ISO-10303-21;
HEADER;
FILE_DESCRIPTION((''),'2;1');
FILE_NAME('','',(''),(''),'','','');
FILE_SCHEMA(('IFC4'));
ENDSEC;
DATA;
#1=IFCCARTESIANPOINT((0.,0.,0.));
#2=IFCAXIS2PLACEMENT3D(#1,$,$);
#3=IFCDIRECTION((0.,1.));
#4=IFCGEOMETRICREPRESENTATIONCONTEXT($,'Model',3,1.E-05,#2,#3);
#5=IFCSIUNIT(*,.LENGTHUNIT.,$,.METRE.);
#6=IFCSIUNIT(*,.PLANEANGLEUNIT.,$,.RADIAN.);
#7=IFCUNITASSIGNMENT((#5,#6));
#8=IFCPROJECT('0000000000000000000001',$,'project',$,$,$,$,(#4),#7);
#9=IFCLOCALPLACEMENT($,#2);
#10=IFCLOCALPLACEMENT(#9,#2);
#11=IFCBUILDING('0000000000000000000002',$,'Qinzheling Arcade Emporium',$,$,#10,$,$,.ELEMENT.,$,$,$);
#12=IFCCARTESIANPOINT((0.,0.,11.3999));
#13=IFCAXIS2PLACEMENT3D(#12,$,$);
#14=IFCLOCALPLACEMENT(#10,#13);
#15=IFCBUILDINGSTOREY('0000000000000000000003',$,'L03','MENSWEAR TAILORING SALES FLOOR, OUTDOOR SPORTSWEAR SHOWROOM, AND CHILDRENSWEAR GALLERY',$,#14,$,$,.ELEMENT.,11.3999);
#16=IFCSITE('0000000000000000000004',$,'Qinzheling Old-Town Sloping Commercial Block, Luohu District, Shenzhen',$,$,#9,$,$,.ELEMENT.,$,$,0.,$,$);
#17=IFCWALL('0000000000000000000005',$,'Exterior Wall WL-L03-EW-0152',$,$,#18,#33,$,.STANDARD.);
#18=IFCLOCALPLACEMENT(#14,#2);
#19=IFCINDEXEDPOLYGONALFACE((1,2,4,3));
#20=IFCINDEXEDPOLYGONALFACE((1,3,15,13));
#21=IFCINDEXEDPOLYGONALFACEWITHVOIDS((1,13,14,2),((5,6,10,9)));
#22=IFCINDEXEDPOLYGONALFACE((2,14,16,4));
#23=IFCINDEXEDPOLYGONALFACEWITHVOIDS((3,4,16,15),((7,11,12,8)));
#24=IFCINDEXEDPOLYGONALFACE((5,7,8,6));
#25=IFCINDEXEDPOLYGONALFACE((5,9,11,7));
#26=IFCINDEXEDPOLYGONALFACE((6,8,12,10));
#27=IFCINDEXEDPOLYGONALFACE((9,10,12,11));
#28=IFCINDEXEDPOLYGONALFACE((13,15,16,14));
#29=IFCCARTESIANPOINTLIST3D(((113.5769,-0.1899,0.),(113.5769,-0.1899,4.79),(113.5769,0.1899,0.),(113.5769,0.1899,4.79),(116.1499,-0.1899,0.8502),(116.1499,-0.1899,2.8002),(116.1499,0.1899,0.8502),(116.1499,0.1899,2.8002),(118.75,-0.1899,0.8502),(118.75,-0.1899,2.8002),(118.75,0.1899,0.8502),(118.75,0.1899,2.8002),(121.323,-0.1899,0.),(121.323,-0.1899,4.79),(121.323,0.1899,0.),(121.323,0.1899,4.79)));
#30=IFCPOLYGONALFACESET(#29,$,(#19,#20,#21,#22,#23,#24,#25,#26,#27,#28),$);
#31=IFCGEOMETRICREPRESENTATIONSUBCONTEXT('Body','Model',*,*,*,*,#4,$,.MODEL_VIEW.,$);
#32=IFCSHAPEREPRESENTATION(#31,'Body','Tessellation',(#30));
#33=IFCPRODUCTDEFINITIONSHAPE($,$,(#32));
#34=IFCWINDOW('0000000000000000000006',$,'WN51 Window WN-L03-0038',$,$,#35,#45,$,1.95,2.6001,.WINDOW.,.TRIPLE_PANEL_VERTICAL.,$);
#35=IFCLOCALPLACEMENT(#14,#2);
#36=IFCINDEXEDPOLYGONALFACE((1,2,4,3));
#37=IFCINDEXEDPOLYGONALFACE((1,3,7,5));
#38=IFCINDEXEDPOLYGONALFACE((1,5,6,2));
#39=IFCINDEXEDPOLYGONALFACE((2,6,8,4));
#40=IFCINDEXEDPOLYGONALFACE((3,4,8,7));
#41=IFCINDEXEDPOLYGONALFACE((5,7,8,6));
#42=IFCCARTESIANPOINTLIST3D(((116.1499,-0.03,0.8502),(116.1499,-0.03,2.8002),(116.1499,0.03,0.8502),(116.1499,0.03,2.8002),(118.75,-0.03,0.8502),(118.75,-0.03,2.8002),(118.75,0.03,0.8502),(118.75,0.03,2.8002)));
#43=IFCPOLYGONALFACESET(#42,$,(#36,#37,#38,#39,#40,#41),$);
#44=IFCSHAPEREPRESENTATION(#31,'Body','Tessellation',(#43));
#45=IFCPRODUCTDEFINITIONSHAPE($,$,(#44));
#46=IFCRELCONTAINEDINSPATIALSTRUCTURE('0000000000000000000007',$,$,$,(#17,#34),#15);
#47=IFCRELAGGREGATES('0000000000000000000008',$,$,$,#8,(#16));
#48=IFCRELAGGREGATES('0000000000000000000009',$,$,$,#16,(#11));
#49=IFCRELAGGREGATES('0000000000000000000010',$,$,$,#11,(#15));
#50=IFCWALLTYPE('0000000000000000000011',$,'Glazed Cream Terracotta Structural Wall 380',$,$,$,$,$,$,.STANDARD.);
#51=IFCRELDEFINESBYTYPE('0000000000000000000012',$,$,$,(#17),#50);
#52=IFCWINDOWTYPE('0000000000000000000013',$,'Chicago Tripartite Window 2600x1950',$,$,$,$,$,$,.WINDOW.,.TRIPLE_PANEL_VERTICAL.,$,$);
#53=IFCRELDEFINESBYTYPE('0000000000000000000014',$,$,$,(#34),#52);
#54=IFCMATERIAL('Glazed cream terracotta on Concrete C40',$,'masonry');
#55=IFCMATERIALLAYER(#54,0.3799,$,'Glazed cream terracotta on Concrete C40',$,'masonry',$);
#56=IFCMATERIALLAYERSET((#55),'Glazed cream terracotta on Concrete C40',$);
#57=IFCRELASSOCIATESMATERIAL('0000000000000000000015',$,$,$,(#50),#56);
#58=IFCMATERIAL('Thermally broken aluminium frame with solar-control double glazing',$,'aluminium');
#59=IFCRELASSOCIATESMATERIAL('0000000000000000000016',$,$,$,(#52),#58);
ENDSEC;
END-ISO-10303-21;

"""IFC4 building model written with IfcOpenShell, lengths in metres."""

from ifc_helpers import new_model, si_unit, direction, frame, frame_2d, origin, place, context, subcontext, project, spatial, rectangle, extrude, material, layer, layer_set, type_object, element, fill, save


model = new_model("IFC4")

# Units and contexts
model_context = context("Model", 3, precision=1e-05, world=origin(), true_north=direction((0.0, 1.0)))
body_context = subcontext(model_context, "Body", "Model", "MODEL_VIEW")
ifc_project = project(units=[si_unit("LENGTHUNIT", "METRE"), si_unit("PLANEANGLEUNIT", "RADIAN")], contexts=[model_context])

# Site, building, storey
site_placement = place(None, origin())
site = spatial("IfcSite", under=ifc_project, at=site_placement, Name="Qinzheling Old-Town Sloping Commercial Block, Luohu District, Shenzhen", CompositionType="ELEMENT", RefElevation=0.0)
building_placement = place(site_placement, origin())
building = spatial("IfcBuilding", under=site, at=building_placement, Name="Qinzheling Arcade Emporium", CompositionType="ELEMENT")
storey_placement = place(building_placement, frame((0.0, 0.0, 11.3999)))
storey = spatial("IfcBuildingStorey", under=building, at=storey_placement, Name="L03", Description="MENSWEAR TAILORING SALES FLOOR, OUTDOOR SPORTSWEAR SHOWROOM, AND CHILDRENSWEAR GALLERY", CompositionType="ELEMENT", Elevation=11.3999)

# Wall, opening, window
ifc_material_1 = material(Name="Glazed cream terracotta on Concrete C40", Category="masonry")
ifc_layer_1 = layer(ifc_material_1, 0.3799, Name="Glazed cream terracotta on Concrete C40", Category="masonry")
ifc_layer_set_1 = layer_set([ifc_layer_1], Name="Glazed cream terracotta on Concrete C40")
wall_type = type_object("IfcWallType", Name="Glazed Cream Terracotta Structural Wall 380", PredefinedType="STANDARD", material=ifc_layer_set_1)
wall_placement = place(storey_placement, frame((121.323, 0.0, 0.0), z_axis=(0.0, 0.0, 1.0), x_axis=(-1.0, 0.0, 0.0)))
wall = element("IfcWall", 1, at=wall_placement, inside=storey, type_object=wall_type, Name="Exterior Wall WL-L03-EW-0152", PredefinedType="STANDARD", context=body_context, shape_type="SweptSolid", body=[
    extrude(rectangle(XDim=7.7461, YDim=0.3799, at=frame_2d((3.873, 0.0))), origin(), (0.0, 0.0, 1.0), 4.79),
])
opening_placement = place(wall_placement, frame((2.573, 0.0, 0.8501)))
opening = element("IfcOpeningElement", 2, at=opening_placement, cuts=wall, PredefinedType="OPENING", context=body_context, shape_type="SweptSolid", body=[
    extrude(rectangle(XDim=2.6001, YDim=1.95, at=frame_2d((1.3, 0.9751))), frame((0.0, 0.2, 0.0), z_axis=(0.0, -1.0, 0.0), x_axis=(1.0, 0.0, 0.0)), (0.0, 0.0, 1.0), 0.3999),
])
ifc_material_2 = material(Name="Thermally broken aluminium frame with solar-control double glazing", Category="aluminium")
window_type = type_object("IfcWindowType", Name="Chicago Tripartite Window 2600x1950", PartitioningType="TRIPLE_PANEL_VERTICAL", PredefinedType="WINDOW", material=ifc_material_2)
window_placement = place(opening_placement, origin())
window = element("IfcWindow", 3, at=window_placement, inside=storey, type_object=window_type, Name="WN51 Window WN-L03-0038", OverallHeight=1.95, OverallWidth=2.6001, PartitioningType="TRIPLE_PANEL_VERTICAL", PredefinedType="WINDOW", context=body_context, shape_type="SweptSolid", body=[
    extrude(rectangle(XDim=2.6001, YDim=1.95, at=frame_2d((1.3, 0.9751))), frame((0.0, 0.03, 0.0), z_axis=(0.0, -1.0, 0.0), x_axis=(1.0, 0.0, 0.0)), (0.0, 0.0, 1.0), 0.0601),
])
fill(opening, window)

save(model, "model.ifc")
